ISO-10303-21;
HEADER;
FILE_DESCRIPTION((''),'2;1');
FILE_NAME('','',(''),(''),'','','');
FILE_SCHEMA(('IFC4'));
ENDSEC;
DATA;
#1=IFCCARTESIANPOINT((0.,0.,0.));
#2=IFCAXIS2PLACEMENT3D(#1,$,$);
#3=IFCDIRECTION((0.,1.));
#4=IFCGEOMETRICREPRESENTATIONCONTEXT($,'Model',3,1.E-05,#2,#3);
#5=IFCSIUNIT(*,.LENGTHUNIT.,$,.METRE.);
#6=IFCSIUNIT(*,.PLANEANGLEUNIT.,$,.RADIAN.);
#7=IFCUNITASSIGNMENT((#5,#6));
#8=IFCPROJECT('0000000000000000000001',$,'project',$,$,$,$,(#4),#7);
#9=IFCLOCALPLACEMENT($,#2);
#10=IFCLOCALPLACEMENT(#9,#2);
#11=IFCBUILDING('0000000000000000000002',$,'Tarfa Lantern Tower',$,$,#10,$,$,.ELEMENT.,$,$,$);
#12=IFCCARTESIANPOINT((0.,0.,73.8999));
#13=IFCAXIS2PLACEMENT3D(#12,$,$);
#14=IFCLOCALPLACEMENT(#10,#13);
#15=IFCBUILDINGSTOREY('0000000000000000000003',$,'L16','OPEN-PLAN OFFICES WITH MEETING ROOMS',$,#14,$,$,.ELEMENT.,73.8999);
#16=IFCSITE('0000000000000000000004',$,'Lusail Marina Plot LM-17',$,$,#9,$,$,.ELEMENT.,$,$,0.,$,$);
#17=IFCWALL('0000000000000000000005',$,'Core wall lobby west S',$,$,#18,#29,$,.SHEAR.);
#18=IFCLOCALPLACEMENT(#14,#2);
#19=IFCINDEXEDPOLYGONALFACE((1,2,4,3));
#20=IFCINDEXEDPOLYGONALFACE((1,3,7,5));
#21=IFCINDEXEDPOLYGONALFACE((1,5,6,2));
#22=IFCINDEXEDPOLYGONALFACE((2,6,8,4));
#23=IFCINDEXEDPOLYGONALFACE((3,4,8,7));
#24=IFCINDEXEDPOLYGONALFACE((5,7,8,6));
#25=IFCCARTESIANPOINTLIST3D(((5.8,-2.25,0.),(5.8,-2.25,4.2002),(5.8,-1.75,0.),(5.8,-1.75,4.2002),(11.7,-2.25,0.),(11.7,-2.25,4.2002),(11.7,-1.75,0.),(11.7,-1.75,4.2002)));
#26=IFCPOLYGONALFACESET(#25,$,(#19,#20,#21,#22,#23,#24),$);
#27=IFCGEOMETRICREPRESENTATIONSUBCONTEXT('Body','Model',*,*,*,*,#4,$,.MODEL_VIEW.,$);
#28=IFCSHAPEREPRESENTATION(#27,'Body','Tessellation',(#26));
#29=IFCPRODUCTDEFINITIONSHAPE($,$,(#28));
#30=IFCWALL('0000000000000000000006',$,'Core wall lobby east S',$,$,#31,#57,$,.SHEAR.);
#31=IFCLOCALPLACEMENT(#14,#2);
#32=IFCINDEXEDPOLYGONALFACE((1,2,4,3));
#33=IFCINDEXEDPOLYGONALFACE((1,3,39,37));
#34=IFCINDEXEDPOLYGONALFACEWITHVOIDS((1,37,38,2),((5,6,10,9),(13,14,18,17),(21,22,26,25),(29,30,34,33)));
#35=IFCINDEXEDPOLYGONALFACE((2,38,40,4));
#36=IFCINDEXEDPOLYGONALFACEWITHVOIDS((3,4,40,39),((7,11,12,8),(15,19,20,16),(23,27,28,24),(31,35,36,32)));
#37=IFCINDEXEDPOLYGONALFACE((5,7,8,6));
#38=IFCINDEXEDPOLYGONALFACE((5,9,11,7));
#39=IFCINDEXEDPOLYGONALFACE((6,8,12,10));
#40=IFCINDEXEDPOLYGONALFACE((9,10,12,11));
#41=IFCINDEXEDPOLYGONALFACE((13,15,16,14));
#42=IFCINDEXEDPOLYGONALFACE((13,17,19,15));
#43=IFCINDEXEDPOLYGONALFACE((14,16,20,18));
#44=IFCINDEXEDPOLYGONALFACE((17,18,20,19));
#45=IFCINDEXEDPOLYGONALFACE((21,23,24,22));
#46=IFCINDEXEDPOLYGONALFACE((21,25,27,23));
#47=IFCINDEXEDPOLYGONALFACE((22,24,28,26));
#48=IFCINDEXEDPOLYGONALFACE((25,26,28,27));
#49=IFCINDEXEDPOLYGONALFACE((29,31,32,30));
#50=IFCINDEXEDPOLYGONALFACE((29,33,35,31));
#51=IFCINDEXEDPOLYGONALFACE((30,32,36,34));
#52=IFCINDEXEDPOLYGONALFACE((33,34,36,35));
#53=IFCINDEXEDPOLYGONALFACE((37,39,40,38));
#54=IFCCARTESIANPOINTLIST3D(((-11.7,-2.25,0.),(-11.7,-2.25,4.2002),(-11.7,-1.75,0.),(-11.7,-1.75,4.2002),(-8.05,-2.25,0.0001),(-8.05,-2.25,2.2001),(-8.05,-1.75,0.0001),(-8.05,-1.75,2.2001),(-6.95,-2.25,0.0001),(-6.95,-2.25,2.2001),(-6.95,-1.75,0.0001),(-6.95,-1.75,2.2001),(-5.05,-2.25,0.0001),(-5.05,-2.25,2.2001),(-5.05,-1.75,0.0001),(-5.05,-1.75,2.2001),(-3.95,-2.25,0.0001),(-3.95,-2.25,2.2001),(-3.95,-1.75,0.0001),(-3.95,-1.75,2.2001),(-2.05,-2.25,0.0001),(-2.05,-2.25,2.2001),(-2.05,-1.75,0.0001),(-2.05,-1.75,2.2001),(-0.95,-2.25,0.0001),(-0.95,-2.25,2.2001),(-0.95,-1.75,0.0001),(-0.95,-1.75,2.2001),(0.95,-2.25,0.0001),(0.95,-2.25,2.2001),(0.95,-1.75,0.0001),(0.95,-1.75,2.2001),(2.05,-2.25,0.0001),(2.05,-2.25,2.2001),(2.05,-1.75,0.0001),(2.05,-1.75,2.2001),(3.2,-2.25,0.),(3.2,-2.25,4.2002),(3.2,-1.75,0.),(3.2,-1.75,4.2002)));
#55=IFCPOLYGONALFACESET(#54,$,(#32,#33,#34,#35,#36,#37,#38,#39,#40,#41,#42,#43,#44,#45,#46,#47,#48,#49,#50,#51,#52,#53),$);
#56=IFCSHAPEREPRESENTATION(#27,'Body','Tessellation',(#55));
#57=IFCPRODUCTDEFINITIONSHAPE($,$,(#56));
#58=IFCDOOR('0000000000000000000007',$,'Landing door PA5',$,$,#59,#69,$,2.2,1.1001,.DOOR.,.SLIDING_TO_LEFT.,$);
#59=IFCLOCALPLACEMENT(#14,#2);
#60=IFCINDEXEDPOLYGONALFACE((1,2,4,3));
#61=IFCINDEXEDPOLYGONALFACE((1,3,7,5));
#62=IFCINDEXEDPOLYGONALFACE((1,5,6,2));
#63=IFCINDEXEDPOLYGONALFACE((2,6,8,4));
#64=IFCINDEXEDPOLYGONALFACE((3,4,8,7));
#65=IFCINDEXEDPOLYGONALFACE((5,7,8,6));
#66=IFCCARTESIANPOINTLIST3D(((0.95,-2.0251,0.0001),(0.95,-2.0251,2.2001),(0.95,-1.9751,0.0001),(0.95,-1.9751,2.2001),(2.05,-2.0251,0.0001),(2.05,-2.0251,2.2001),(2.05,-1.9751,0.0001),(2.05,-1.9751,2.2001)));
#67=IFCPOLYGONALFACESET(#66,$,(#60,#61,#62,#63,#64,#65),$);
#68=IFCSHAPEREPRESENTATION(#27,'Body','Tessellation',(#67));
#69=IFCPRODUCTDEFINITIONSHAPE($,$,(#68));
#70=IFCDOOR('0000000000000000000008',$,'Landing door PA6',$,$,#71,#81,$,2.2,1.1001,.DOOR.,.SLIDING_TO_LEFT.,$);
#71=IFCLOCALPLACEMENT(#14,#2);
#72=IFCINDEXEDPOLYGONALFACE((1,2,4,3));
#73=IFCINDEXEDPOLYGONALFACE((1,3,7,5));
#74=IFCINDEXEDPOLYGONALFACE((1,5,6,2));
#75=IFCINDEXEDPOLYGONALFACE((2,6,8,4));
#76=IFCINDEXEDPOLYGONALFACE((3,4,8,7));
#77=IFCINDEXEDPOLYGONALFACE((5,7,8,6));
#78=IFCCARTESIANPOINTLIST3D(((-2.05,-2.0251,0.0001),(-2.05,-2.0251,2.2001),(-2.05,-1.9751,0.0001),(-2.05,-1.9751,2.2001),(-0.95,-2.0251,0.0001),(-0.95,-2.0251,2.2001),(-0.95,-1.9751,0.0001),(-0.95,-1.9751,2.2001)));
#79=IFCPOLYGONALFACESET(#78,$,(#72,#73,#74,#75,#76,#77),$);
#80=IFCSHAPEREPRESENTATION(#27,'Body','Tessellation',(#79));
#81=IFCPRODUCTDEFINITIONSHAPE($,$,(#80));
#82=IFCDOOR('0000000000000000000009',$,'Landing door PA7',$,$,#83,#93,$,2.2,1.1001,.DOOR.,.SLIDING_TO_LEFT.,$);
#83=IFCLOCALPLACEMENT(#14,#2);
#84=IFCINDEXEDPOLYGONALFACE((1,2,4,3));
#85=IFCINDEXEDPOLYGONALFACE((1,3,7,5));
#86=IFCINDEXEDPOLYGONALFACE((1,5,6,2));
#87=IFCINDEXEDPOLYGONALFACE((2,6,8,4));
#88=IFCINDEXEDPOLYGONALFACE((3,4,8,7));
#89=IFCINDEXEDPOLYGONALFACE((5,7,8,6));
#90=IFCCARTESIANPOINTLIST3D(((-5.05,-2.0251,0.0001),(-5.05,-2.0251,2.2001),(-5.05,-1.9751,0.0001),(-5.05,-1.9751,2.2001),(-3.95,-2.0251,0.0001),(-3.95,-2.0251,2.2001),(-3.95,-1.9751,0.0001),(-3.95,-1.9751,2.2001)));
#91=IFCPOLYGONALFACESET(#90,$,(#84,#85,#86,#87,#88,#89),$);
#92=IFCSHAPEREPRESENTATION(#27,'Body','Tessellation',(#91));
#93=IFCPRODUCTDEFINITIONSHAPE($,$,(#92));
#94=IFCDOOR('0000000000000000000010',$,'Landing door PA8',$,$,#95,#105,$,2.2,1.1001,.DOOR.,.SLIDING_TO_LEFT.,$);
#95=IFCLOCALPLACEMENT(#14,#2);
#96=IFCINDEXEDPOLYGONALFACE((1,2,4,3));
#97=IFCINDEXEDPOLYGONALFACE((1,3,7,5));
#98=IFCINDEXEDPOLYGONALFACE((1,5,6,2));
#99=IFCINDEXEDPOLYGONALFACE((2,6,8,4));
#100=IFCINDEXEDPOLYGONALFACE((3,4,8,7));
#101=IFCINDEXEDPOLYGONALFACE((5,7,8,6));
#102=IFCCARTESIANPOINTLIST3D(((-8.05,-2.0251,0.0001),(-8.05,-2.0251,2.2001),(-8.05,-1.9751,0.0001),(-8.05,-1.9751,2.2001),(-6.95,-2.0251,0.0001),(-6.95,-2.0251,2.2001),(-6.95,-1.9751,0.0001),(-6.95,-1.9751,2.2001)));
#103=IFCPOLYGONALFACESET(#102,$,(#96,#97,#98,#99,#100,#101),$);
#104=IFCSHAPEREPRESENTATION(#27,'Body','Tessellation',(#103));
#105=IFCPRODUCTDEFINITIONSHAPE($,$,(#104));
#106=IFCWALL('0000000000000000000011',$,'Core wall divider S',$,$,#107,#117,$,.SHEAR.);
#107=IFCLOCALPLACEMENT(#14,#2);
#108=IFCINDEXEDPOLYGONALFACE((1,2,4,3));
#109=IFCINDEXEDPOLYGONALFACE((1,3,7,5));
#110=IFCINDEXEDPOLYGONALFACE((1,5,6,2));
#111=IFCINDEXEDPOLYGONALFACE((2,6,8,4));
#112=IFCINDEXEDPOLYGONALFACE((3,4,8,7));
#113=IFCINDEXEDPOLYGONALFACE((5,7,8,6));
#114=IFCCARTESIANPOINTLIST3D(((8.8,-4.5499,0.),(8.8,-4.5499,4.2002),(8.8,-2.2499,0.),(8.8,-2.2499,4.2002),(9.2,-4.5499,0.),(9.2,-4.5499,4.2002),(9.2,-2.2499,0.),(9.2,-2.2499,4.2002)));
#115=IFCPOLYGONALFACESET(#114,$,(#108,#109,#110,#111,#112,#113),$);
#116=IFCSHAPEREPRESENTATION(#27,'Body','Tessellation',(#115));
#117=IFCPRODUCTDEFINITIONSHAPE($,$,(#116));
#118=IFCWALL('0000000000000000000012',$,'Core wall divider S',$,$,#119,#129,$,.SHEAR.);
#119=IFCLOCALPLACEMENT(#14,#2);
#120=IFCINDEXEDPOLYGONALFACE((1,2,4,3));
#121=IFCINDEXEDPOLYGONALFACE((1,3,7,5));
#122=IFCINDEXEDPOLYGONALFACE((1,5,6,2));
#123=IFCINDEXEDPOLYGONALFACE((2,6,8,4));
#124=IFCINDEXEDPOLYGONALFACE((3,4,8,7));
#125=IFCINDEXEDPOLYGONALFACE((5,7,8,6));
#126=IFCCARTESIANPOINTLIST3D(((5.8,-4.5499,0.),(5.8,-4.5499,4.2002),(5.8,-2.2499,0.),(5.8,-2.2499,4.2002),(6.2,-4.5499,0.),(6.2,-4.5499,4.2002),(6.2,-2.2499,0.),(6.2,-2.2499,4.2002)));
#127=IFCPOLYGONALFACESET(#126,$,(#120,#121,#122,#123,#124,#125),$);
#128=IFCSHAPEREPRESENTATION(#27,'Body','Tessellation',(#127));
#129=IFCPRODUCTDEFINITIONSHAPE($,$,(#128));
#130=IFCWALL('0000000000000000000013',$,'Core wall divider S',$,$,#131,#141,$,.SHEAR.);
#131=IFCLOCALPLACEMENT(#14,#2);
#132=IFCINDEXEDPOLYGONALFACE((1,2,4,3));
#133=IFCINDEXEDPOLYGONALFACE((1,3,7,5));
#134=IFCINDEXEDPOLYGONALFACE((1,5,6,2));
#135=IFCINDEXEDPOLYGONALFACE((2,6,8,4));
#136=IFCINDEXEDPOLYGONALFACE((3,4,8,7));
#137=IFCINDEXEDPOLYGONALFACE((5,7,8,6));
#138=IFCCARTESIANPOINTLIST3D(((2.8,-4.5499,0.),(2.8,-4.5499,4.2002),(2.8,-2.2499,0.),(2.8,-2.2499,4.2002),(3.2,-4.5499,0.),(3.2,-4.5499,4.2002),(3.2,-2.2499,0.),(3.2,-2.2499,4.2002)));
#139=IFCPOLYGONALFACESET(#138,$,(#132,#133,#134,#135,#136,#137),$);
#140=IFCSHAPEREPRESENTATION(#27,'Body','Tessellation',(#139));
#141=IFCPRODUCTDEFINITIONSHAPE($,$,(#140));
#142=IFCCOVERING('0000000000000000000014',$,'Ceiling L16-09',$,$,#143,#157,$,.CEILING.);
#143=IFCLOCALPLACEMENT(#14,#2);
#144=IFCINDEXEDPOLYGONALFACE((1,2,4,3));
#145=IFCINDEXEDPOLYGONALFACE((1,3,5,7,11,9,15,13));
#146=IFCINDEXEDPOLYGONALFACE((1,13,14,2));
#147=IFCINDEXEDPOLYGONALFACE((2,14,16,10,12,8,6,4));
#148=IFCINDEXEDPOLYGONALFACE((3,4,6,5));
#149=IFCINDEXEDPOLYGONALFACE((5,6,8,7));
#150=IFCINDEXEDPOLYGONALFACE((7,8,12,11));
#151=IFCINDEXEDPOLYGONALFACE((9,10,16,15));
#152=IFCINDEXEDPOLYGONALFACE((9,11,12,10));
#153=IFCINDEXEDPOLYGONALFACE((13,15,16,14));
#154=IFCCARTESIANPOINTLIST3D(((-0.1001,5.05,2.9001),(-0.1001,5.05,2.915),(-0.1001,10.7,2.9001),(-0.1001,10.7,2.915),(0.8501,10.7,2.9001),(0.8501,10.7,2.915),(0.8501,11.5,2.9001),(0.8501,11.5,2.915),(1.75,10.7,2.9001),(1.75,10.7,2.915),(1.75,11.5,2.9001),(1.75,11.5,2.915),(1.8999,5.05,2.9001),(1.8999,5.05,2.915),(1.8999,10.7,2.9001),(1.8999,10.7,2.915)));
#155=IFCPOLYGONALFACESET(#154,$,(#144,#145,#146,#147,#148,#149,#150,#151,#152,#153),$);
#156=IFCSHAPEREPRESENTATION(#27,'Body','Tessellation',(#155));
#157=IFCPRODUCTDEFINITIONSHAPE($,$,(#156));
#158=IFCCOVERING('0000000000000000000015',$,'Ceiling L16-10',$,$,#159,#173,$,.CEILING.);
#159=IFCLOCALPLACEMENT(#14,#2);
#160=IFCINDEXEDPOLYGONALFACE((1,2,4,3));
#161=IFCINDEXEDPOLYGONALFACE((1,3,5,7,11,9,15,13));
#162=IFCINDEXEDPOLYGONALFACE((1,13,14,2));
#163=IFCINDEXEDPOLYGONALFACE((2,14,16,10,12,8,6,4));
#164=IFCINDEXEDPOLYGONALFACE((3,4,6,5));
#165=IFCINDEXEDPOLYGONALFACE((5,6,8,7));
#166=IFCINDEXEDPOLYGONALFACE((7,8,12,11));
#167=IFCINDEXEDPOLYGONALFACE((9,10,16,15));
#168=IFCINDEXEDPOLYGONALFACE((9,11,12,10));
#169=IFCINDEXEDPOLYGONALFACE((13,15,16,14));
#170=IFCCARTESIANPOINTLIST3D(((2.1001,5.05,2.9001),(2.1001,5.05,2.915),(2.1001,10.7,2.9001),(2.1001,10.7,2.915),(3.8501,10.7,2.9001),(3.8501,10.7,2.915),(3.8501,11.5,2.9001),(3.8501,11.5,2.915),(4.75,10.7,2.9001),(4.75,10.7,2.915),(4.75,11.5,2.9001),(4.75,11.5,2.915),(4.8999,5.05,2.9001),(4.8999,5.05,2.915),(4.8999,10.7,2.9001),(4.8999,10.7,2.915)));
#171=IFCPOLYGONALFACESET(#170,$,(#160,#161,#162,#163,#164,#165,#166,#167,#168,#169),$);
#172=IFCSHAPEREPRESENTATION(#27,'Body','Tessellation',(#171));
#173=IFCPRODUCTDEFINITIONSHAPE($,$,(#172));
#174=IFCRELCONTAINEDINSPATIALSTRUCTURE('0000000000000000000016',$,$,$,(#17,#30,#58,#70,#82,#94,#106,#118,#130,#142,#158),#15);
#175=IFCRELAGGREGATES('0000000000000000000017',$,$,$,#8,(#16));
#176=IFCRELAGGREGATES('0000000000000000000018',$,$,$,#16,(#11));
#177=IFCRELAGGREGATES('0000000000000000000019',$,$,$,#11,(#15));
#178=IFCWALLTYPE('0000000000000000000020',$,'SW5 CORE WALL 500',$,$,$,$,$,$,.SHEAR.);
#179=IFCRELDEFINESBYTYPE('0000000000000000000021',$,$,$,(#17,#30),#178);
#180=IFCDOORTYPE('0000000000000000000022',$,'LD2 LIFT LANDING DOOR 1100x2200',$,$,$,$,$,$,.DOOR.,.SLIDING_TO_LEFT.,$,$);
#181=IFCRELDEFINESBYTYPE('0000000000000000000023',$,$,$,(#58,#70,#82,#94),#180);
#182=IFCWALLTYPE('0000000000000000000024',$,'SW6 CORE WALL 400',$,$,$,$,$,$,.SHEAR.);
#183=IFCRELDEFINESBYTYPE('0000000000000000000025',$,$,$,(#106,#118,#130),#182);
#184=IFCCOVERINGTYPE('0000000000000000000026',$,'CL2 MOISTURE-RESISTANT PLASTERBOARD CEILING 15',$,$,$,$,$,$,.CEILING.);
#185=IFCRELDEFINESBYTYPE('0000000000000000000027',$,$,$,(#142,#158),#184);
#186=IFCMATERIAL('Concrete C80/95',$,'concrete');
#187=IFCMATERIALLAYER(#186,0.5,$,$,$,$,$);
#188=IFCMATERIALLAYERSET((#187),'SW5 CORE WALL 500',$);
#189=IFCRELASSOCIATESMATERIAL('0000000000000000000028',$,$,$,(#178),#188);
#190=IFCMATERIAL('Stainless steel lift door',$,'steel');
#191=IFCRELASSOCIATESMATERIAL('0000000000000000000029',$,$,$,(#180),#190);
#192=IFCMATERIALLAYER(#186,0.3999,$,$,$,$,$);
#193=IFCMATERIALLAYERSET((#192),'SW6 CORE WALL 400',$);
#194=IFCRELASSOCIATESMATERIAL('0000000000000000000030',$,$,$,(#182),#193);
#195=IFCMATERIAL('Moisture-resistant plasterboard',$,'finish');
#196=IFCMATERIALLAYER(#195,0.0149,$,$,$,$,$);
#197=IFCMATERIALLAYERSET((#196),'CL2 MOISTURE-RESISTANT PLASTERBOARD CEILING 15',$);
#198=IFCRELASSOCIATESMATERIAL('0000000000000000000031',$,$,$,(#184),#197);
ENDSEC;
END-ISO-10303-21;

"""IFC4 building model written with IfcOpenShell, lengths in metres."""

from ifc_helpers import new_model, si_unit, direction, frame, frame_2d, origin, place, context, subcontext, project, spatial, polyline, rectangle, outline, extrude, material, layer, layer_set, type_object, element, fill, save


model = new_model("IFC4")

# Units and contexts
model_context = context("Model", 3, precision=1e-05, world=origin(), true_north=direction((0.0, 1.0)))
body_context = subcontext(model_context, "Body", "Model", "MODEL_VIEW")
ifc_project = project(units=[si_unit("LENGTHUNIT", "METRE"), si_unit("PLANEANGLEUNIT", "RADIAN")], contexts=[model_context])

# Site, building, storey
site_placement = place(None, origin())
site = spatial("IfcSite", under=ifc_project, at=site_placement, Name="Lusail Marina Plot LM-17", CompositionType="ELEMENT", RefElevation=0.0)
building_placement = place(site_placement, origin())
building = spatial("IfcBuilding", under=site, at=building_placement, Name="Tarfa Lantern Tower", CompositionType="ELEMENT")
storey_placement = place(building_placement, frame((0.0, 0.0, 73.8999)))
storey = spatial("IfcBuildingStorey", under=building, at=storey_placement, Name="L16", Description="OPEN-PLAN OFFICES WITH MEETING ROOMS", CompositionType="ELEMENT", Elevation=73.8999)

# Wall
ifc_material_1 = material(Name="Concrete C80/95", Category="concrete")
ifc_layer_1 = layer(ifc_material_1, 0.5)
ifc_layer_set_1 = layer_set([ifc_layer_1], Name="SW5 CORE WALL 500")
wall_type_1 = type_object("IfcWallType", Name="SW5 CORE WALL 500", PredefinedType="SHEAR", material=ifc_layer_set_1)
wall_1_placement = place(storey_placement, frame((11.7, -2.0, 0.0), z_axis=(0.0, 0.0, 1.0), x_axis=(-1.0, 0.0, 0.0)))
element("IfcWall", 1, at=wall_1_placement, inside=storey, type_object=wall_type_1, Name="Core wall lobby west S", PredefinedType="SHEAR", context=body_context, shape_type="SweptSolid", body=[
    extrude(rectangle(XDim=5.8999, YDim=0.5, at=frame_2d((2.95, 0.0))), origin(), (0.0, 0.0, 1.0), 4.2002),
])

# Wall, openings, doors
wall_2_placement = place(storey_placement, frame((3.2, -2.0, 0.0), z_axis=(0.0, 0.0, 1.0), x_axis=(-1.0, 0.0, 0.0)))
wall_2 = element("IfcWall", 2, at=wall_2_placement, inside=storey, type_object=wall_type_1, Name="Core wall lobby east S", PredefinedType="SHEAR", context=body_context, shape_type="SweptSolid", body=[
    extrude(rectangle(XDim=14.8999, YDim=0.5, at=frame_2d((7.45, 0.0))), origin(), (0.0, 0.0, 1.0), 4.2002),
])
opening_1_placement = place(wall_2_placement, frame((1.1499, 0.0, 0.0)))
opening_1 = element("IfcOpeningElement", 3, at=opening_1_placement, cuts=wall_2, PredefinedType="OPENING", context=body_context, shape_type="SweptSolid", body=[
    extrude(rectangle(XDim=1.1001, YDim=2.2, at=frame_2d((0.55, 1.1001))), frame((0.0, 0.26, 0.0), z_axis=(0.0, -1.0, 0.0), x_axis=(1.0, 0.0, 0.0)), (0.0, 0.0, 1.0), 0.52),
])
opening_2_placement = place(wall_2_placement, frame((4.1499, 0.0, 0.0)))
opening_2 = element("IfcOpeningElement", 4, at=opening_2_placement, cuts=wall_2, PredefinedType="OPENING", context=body_context, shape_type="SweptSolid", body=[
    extrude(rectangle(XDim=1.1001, YDim=2.2, at=frame_2d((0.55, 1.1001))), frame((0.0, 0.26, 0.0), z_axis=(0.0, -1.0, 0.0), x_axis=(1.0, 0.0, 0.0)), (0.0, 0.0, 1.0), 0.52),
])
opening_3_placement = place(wall_2_placement, frame((7.1499, 0.0, 0.0)))
opening_3 = element("IfcOpeningElement", 5, at=opening_3_placement, cuts=wall_2, PredefinedType="OPENING", context=body_context, shape_type="SweptSolid", body=[
    extrude(rectangle(XDim=1.1001, YDim=2.2, at=frame_2d((0.55, 1.1001))), frame((0.0, 0.26, 0.0), z_axis=(0.0, -1.0, 0.0), x_axis=(1.0, 0.0, 0.0)), (0.0, 0.0, 1.0), 0.52),
])
opening_4_placement = place(wall_2_placement, frame((10.1499, 0.0, 0.0)))
opening_4 = element("IfcOpeningElement", 6, at=opening_4_placement, cuts=wall_2, PredefinedType="OPENING", context=body_context, shape_type="SweptSolid", body=[
    extrude(rectangle(XDim=1.1001, YDim=2.2, at=frame_2d((0.55, 1.1001))), frame((0.0, 0.26, 0.0), z_axis=(0.0, -1.0, 0.0), x_axis=(1.0, 0.0, 0.0)), (0.0, 0.0, 1.0), 0.52),
])
ifc_material_2 = material(Name="Stainless steel lift door", Category="steel")
door_type = type_object("IfcDoorType", Name="LD2 LIFT LANDING DOOR 1100x2200", OperationType="SLIDING_TO_LEFT", PredefinedType="DOOR", material=ifc_material_2)
door_1_placement = place(opening_1_placement, frame((1.1001, 0.0, 0.0), z_axis=(0.0, 0.0, 1.0), x_axis=(-1.0, 0.0, 0.0)))
door_1 = element("IfcDoor", 7, at=door_1_placement, inside=storey, type_object=door_type, Name="Landing door PA5", OperationType="SLIDING_TO_LEFT", OverallHeight=2.2, OverallWidth=1.1001, PredefinedType="DOOR", context=body_context, shape_type="SweptSolid", body=[
    extrude(rectangle(XDim=1.1001, YDim=2.2, at=frame_2d((0.55, 1.1001))), frame((0.0, 0.0249, 0.0), z_axis=(0.0, -1.0, 0.0), x_axis=(1.0, 0.0, 0.0)), (0.0, 0.0, 1.0), 0.05),
])
fill(opening_1, door_1)
door_2_placement = place(opening_2_placement, frame((1.1001, 0.0, 0.0), z_axis=(0.0, 0.0, 1.0), x_axis=(-1.0, 0.0, 0.0)))
door_2 = element("IfcDoor", 8, at=door_2_placement, inside=storey, type_object=door_type, Name="Landing door PA6", OperationType="SLIDING_TO_LEFT", OverallHeight=2.2, OverallWidth=1.1001, PredefinedType="DOOR", context=body_context, shape_type="SweptSolid", body=[
    extrude(rectangle(XDim=1.1001, YDim=2.2, at=frame_2d((0.55, 1.1001))), frame((0.0, 0.0249, 0.0), z_axis=(0.0, -1.0, 0.0), x_axis=(1.0, 0.0, 0.0)), (0.0, 0.0, 1.0), 0.05),
])
fill(opening_2, door_2)
door_3_placement = place(opening_3_placement, frame((1.1001, 0.0, 0.0), z_axis=(0.0, 0.0, 1.0), x_axis=(-1.0, 0.0, 0.0)))
door_3 = element("IfcDoor", 9, at=door_3_placement, inside=storey, type_object=door_type, Name="Landing door PA7", OperationType="SLIDING_TO_LEFT", OverallHeight=2.2, OverallWidth=1.1001, PredefinedType="DOOR", context=body_context, shape_type="SweptSolid", body=[
    extrude(rectangle(XDim=1.1001, YDim=2.2, at=frame_2d((0.55, 1.1001))), frame((0.0, 0.0249, 0.0), z_axis=(0.0, -1.0, 0.0), x_axis=(1.0, 0.0, 0.0)), (0.0, 0.0, 1.0), 0.05),
])
fill(opening_3, door_3)
door_4_placement = place(opening_4_placement, frame((1.1001, 0.0, 0.0), z_axis=(0.0, 0.0, 1.0), x_axis=(-1.0, 0.0, 0.0)))
door_4 = element("IfcDoor", 10, at=door_4_placement, inside=storey, type_object=door_type, Name="Landing door PA8", OperationType="SLIDING_TO_LEFT", OverallHeight=2.2, OverallWidth=1.1001, PredefinedType="DOOR", context=body_context, shape_type="SweptSolid", body=[
    extrude(rectangle(XDim=1.1001, YDim=2.2, at=frame_2d((0.55, 1.1001))), frame((0.0, 0.0249, 0.0), z_axis=(0.0, -1.0, 0.0), x_axis=(1.0, 0.0, 0.0)), (0.0, 0.0, 1.0), 0.05),
])
fill(opening_4, door_4)

# Walls
ifc_layer_2 = layer(ifc_material_1, 0.3999)
ifc_layer_set_2 = layer_set([ifc_layer_2], Name="SW6 CORE WALL 400")
wall_type_2 = type_object("IfcWallType", Name="SW6 CORE WALL 400", PredefinedType="SHEAR", material=ifc_layer_set_2)
for number, where, z_axis, x_axis, name in (
    (11, (9.0, -2.25, 0.0), (0.0, 0.0, 1.0), (0.0, -1.0, 0.0), "Core wall divider S"),
    (12, (6.0, -2.25, 0.0), (0.0, 0.0, 1.0), (0.0, -1.0, 0.0), "Core wall divider S"),
    (13, (3.0, -2.25, 0.0), (0.0, 0.0, 1.0), (0.0, -1.0, 0.0), "Core wall divider S"),
):
    element("IfcWall", number, at=place(storey_placement, frame(where, z_axis=z_axis, x_axis=x_axis)), inside=storey, type_object=wall_type_2, Name=name, PredefinedType="SHEAR", context=body_context, shape_type="SweptSolid", body=[
        extrude(rectangle(XDim=2.3, YDim=0.3999, at=frame_2d((1.1499, 0.0))), origin(), (0.0, 0.0, 1.0), 4.2002),
    ])

# Coverings
ifc_material_3 = material(Name="Moisture-resistant plasterboard", Category="finish")
ifc_layer_3 = layer(ifc_material_3, 0.0149)
ifc_layer_set_3 = layer_set([ifc_layer_3], Name="CL2 MOISTURE-RESISTANT PLASTERBOARD CEILING 15")
covering_type_1 = type_object("IfcCoveringType", Name="CL2 MOISTURE-RESISTANT PLASTERBOARD CEILING 15", PredefinedType="CEILING", material=ifc_layer_set_3)
covering_1_placement = place(storey_placement, frame((0.0, 0.0, 2.9001)))
element("IfcCovering", 14, at=covering_1_placement, inside=storey, type_object=covering_type_1, Name="Ceiling L16-09", PredefinedType="CEILING", context=body_context, shape_type="SweptSolid", body=[
    extrude(outline(polyline([(0.8501, 10.7), (-0.1001, 10.7), (-0.1001, 5.05), (1.8999, 5.05), (1.8999, 10.7), (1.75, 10.7), (1.75, 11.5), (1.75, 11.5), (0.8501, 11.5), (0.8501, 10.7)])), origin(), (0.0, 0.0, 1.0), 0.0149),
])
covering_2_placement = place(storey_placement, frame((0.0, 0.0, 2.9001)))
element("IfcCovering", 15, at=covering_2_placement, inside=storey, type_object=covering_type_1, Name="Ceiling L16-10", PredefinedType="CEILING", context=body_context, shape_type="SweptSolid", body=[
    extrude(outline(polyline([(2.1001, 5.05), (4.8999, 5.05), (4.8999, 10.7), (4.75, 10.7), (4.75, 11.5), (3.8501, 11.5), (3.8501, 10.7), (2.1001, 10.7), (2.1001, 5.05)])), origin(), (0.0, 0.0, 1.0), 0.0149),
])

save(model, "model.ifc")
